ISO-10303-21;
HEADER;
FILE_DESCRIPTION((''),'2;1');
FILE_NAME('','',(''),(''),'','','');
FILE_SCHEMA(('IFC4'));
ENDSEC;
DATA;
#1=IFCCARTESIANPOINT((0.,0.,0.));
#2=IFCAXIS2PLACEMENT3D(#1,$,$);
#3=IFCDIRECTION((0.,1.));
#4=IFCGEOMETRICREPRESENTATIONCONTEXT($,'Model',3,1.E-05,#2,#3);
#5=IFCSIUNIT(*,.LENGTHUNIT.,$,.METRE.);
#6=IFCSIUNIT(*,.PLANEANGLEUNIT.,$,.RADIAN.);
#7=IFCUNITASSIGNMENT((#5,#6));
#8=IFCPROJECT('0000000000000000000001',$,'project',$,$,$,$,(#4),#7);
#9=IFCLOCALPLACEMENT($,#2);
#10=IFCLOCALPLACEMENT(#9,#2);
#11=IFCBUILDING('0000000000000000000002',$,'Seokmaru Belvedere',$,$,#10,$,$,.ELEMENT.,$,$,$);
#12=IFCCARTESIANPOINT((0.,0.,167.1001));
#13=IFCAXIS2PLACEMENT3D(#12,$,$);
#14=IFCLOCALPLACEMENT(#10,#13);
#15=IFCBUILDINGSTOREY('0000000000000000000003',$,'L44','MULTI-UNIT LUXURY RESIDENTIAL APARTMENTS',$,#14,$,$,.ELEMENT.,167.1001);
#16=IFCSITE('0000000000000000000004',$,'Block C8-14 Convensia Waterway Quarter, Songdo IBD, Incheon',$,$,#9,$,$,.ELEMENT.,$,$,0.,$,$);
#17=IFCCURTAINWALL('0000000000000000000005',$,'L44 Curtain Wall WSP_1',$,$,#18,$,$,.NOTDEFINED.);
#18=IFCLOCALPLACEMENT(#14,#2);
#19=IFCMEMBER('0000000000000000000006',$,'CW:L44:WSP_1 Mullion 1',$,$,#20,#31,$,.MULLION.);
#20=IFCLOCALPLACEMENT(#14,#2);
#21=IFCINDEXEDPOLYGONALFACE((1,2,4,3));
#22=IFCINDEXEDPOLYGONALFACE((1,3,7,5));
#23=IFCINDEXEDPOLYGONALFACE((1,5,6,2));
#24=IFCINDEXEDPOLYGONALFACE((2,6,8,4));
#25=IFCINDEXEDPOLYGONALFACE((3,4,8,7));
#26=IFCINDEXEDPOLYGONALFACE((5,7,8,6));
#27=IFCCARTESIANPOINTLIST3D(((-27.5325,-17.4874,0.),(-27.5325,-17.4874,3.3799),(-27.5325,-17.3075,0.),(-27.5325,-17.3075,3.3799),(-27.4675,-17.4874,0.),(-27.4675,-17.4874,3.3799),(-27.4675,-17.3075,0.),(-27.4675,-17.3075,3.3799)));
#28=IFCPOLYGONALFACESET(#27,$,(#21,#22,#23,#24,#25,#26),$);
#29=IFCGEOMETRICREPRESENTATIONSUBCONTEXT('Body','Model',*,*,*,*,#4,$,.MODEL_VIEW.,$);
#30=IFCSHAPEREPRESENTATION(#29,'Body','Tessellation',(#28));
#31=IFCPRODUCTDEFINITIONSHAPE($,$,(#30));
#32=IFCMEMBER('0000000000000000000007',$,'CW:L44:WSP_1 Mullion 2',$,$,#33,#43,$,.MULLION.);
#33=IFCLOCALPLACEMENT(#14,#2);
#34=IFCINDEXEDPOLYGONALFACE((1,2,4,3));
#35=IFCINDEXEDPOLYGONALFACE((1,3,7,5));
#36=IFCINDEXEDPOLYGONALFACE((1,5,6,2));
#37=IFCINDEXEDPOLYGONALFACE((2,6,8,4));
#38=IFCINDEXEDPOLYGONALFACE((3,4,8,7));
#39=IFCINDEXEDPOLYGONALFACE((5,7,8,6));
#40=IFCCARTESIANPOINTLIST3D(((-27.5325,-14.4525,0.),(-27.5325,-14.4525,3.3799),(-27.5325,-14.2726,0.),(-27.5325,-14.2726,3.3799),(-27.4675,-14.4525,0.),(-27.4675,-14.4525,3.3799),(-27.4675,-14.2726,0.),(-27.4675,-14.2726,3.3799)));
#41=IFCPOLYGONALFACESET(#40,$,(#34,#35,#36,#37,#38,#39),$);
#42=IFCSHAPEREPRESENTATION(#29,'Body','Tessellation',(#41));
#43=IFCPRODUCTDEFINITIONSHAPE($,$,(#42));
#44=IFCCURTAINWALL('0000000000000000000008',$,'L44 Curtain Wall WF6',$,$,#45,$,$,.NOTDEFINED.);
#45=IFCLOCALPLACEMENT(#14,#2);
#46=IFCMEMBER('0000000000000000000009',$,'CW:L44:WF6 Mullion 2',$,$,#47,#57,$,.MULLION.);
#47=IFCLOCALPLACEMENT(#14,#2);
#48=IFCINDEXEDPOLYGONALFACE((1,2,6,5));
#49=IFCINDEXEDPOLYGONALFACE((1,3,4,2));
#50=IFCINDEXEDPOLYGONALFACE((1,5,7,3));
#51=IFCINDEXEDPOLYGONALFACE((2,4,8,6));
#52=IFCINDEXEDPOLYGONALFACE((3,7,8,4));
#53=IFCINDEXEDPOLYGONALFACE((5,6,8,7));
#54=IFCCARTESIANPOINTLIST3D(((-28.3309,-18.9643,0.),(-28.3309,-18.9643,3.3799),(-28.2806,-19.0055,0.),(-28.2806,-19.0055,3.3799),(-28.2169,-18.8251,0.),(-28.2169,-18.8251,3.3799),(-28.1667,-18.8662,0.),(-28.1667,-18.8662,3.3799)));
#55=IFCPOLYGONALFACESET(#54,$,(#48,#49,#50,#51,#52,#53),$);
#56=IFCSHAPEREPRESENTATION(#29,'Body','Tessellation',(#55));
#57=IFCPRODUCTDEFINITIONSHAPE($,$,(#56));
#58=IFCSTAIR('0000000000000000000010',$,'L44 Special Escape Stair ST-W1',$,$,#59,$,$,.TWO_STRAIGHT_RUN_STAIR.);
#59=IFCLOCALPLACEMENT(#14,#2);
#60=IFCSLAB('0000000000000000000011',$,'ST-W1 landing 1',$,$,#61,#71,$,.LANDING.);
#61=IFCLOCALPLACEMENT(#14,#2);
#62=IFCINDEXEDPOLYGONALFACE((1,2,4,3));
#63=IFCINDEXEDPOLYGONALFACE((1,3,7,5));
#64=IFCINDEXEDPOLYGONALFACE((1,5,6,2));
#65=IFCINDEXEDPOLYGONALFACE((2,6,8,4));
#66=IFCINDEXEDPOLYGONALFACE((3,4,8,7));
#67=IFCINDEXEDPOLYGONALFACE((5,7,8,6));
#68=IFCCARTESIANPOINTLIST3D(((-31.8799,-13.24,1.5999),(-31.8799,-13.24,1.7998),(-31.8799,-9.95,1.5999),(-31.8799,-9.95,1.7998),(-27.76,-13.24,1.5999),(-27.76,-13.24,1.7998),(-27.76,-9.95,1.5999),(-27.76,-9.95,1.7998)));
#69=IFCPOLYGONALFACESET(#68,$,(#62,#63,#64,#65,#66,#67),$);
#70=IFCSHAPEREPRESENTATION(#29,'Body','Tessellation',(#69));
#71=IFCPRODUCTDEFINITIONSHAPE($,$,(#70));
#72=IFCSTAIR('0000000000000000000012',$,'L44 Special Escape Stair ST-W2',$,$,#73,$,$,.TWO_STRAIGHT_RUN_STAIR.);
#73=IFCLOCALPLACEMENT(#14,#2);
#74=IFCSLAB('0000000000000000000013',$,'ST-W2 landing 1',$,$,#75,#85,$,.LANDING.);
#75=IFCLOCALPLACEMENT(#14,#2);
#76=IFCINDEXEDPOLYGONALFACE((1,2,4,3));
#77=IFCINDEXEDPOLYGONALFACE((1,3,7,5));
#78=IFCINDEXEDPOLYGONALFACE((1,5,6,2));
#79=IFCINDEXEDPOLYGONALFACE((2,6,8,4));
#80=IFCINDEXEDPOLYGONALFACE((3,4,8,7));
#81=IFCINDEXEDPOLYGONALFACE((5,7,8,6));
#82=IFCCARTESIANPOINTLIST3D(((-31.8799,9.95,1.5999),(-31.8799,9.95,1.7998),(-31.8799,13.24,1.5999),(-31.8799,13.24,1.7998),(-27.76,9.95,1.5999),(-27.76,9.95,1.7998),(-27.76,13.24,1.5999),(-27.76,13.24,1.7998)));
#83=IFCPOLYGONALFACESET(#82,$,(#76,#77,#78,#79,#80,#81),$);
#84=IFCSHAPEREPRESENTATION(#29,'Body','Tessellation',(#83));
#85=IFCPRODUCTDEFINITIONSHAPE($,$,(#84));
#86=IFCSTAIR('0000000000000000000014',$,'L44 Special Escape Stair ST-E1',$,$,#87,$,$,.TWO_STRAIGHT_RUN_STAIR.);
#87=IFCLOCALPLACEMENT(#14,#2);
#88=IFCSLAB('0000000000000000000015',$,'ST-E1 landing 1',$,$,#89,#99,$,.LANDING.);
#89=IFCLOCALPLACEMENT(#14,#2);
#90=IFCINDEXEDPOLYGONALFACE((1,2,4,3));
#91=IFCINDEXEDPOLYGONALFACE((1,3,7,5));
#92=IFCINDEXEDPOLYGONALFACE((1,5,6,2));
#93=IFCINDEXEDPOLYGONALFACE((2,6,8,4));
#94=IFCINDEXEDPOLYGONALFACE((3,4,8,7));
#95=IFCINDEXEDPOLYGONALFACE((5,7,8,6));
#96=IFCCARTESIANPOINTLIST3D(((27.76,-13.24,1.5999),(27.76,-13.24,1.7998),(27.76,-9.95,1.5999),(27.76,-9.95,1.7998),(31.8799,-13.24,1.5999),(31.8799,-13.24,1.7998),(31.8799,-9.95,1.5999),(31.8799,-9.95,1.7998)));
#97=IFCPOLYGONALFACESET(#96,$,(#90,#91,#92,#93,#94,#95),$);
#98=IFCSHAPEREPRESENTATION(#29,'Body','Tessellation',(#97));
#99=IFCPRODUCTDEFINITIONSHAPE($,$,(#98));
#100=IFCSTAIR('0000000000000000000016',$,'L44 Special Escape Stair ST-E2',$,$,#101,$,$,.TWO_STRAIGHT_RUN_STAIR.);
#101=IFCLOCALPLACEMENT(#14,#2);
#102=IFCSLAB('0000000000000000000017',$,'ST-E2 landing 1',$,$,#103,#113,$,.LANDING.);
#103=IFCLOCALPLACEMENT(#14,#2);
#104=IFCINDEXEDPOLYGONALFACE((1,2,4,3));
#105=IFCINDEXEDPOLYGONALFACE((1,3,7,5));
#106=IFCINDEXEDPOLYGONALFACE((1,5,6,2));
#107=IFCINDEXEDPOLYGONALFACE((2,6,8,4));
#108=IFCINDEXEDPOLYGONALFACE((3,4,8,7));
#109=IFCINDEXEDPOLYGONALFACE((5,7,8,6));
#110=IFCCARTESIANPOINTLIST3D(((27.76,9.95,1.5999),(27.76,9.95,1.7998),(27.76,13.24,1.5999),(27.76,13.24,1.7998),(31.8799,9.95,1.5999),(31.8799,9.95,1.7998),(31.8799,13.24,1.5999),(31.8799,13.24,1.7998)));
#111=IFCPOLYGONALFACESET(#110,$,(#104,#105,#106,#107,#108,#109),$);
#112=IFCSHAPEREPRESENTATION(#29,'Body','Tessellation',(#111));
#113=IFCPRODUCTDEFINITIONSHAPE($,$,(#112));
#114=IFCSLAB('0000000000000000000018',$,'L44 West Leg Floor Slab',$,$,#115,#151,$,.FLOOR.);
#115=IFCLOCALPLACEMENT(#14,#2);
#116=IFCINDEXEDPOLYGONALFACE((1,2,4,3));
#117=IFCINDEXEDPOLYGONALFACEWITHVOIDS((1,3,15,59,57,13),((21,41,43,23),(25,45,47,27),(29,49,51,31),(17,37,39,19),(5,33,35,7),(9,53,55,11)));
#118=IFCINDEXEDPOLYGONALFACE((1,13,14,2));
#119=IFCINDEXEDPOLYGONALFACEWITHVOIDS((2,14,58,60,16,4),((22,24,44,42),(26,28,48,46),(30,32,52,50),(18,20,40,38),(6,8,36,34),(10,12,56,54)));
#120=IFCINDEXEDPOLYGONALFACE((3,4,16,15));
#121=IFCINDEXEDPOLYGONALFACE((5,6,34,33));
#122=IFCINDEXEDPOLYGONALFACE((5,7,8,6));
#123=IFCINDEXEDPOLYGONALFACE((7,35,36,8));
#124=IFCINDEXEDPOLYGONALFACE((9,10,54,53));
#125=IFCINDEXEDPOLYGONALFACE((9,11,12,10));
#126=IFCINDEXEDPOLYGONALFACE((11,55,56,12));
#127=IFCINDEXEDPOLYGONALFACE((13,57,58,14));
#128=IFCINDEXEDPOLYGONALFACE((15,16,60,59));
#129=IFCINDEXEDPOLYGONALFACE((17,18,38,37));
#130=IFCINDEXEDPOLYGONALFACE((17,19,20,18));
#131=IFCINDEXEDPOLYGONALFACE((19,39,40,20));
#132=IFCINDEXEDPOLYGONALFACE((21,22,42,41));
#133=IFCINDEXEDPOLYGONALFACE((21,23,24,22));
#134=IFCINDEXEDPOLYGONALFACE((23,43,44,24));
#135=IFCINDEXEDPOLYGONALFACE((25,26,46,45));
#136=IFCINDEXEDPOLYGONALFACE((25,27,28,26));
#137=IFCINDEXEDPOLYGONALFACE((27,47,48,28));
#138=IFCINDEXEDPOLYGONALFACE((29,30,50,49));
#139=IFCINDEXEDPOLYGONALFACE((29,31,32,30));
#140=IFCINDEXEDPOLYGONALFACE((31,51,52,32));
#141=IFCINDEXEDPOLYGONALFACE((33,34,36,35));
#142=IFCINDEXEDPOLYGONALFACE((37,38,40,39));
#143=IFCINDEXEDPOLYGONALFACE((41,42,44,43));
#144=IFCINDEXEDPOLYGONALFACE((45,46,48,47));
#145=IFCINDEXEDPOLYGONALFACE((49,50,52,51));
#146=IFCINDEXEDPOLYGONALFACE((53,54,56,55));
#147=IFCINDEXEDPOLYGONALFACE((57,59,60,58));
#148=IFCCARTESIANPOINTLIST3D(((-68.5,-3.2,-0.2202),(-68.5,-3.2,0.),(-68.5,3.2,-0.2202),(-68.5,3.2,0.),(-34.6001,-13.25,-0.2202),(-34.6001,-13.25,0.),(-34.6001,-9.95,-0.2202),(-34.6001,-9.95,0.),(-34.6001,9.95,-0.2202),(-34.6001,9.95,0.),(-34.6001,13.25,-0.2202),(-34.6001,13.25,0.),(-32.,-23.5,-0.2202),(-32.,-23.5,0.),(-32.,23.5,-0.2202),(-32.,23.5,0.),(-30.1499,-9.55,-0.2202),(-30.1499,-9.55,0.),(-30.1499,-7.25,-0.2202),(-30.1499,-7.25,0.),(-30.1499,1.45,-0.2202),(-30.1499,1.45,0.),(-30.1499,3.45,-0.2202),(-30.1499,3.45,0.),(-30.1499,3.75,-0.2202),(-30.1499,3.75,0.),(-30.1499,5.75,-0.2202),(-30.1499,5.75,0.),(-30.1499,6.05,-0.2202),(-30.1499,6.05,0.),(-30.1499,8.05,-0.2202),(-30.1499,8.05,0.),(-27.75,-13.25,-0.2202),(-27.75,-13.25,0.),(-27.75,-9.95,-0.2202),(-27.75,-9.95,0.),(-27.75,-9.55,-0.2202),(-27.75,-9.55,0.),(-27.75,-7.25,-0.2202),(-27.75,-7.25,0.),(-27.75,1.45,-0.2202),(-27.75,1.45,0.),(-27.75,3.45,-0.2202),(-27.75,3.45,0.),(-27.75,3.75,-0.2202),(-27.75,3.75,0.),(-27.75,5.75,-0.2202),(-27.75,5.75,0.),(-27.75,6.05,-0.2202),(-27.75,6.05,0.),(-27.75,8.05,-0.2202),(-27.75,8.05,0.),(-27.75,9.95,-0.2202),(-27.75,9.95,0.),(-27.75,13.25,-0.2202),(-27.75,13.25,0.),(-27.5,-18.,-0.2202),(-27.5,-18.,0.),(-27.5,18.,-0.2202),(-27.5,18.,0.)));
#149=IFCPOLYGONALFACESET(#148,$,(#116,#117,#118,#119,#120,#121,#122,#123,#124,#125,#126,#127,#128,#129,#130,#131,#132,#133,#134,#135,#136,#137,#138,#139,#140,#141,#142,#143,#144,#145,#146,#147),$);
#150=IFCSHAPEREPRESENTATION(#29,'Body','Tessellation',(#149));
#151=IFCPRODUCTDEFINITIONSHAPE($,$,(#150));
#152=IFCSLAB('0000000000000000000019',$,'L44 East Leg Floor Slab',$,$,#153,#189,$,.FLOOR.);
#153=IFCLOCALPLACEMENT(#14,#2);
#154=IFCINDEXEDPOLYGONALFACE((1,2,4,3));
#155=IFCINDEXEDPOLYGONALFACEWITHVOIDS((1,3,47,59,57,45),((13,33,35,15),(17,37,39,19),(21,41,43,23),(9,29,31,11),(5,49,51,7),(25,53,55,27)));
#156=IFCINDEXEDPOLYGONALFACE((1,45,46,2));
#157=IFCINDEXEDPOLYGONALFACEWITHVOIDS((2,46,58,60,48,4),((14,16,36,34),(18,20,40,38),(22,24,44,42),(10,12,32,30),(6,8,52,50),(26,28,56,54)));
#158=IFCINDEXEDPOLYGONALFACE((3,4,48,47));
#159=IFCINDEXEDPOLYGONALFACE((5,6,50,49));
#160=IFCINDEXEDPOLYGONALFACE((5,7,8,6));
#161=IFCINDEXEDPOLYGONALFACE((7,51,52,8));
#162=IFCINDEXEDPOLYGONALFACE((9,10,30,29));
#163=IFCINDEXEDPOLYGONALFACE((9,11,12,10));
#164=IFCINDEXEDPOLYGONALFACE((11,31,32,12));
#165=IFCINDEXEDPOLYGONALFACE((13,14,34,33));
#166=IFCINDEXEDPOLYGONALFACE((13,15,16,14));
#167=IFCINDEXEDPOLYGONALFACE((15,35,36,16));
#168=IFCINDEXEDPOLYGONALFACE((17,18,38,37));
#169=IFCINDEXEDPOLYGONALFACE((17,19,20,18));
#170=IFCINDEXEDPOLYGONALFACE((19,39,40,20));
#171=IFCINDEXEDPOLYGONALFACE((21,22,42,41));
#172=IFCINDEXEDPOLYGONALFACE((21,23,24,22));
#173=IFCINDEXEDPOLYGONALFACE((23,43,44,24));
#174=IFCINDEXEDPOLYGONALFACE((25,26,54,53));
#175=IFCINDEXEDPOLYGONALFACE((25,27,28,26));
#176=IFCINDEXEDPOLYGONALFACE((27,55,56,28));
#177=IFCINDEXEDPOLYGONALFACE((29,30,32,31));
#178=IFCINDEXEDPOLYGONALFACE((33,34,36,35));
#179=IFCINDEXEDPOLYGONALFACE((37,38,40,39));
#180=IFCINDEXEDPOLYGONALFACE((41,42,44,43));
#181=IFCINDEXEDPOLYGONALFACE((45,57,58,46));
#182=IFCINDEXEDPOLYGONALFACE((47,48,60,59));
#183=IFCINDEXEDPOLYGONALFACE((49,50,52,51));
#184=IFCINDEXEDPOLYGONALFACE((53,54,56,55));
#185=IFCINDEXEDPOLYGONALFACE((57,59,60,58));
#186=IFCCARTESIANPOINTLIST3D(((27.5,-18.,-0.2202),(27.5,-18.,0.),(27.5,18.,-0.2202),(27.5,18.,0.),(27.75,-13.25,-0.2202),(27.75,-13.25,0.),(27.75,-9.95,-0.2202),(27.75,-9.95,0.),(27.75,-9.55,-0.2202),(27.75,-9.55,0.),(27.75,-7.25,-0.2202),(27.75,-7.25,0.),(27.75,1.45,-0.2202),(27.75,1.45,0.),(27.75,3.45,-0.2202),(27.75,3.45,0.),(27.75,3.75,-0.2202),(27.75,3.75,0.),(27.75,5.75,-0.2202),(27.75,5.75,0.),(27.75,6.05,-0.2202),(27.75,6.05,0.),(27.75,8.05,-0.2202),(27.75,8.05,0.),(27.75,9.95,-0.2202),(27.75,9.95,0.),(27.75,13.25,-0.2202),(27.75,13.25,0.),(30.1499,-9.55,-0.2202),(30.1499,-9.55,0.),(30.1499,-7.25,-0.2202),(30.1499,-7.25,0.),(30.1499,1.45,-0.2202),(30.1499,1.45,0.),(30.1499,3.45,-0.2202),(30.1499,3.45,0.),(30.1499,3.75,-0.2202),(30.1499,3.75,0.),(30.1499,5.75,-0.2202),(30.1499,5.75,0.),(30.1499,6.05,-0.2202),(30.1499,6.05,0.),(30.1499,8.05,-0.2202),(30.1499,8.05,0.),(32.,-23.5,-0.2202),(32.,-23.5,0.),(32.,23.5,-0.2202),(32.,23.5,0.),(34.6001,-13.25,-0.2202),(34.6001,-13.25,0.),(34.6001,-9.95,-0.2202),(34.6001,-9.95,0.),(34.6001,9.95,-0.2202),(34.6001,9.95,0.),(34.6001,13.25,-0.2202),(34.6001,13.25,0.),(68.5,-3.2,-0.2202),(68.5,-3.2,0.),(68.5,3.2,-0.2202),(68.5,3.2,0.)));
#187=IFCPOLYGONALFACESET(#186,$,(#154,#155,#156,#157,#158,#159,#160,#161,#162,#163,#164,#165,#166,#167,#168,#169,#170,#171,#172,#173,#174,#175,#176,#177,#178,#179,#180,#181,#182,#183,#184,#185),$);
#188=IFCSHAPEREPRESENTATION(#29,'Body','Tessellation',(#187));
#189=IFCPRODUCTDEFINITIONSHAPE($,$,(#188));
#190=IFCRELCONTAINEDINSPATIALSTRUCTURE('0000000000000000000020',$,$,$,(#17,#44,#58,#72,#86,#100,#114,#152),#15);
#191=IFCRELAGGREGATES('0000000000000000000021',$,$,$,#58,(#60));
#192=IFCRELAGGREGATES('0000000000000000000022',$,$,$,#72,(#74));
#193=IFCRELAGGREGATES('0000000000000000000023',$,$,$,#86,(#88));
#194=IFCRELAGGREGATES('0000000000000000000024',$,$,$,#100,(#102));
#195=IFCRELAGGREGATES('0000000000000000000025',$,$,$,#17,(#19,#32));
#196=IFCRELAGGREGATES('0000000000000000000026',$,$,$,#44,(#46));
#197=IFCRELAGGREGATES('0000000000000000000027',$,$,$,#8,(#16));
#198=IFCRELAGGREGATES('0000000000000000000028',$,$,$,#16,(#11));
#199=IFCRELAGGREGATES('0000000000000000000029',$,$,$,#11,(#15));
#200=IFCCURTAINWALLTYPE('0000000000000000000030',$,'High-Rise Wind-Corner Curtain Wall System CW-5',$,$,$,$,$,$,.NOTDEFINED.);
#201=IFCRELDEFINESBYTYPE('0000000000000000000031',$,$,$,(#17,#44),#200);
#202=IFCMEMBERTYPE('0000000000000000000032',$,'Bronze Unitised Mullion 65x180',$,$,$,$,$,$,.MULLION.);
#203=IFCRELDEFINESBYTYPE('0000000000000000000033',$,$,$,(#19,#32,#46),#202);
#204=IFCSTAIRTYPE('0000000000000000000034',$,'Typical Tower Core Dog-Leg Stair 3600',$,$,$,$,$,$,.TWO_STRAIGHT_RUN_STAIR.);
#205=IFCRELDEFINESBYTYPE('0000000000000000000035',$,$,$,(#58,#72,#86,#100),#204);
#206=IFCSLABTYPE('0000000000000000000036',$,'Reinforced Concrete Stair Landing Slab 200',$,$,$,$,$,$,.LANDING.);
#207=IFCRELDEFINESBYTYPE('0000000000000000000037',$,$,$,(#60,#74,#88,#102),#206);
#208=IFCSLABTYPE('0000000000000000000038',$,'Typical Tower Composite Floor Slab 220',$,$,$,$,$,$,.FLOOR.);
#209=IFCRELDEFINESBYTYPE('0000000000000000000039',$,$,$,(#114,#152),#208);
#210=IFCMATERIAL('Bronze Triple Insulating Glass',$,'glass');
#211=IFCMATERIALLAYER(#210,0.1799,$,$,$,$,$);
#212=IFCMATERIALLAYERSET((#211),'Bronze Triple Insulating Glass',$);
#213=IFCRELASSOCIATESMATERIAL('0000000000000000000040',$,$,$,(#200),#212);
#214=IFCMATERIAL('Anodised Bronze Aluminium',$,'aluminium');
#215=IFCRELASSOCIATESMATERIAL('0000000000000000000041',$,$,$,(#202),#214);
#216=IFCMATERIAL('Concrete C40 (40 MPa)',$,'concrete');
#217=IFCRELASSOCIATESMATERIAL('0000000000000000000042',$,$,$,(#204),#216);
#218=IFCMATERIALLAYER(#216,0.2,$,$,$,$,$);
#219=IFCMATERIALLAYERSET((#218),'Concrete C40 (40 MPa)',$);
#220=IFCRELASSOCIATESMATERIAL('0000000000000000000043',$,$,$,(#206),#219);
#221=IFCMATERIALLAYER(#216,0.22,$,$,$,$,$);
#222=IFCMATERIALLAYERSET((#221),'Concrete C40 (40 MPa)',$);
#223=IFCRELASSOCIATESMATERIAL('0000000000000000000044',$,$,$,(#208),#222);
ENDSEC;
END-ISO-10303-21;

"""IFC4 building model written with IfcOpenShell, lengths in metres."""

from ifc_helpers import new_model, si_unit, direction, frame, origin, origin_2d, place, context, subcontext, project, spatial, polyline, rectangle, outline, extrude, source, transform, mapped, material, layer, layer_set, material_profile, profile_set, type_object, type_shapes, element, aggregate, save


model = new_model("IFC4")

# Units and contexts
model_context = context("Model", 3, precision=1e-05, world=origin(), true_north=direction((0.0, 1.0)))
body_context = subcontext(model_context, "Body", "Model", "MODEL_VIEW")
ifc_project = project(units=[si_unit("LENGTHUNIT", "METRE"), si_unit("PLANEANGLEUNIT", "RADIAN")], contexts=[model_context])

# Site, building, storey
site_placement = place(None, origin())
site = spatial("IfcSite", under=ifc_project, at=site_placement, Name="Block C8-14 Convensia Waterway Quarter, Songdo IBD, Incheon", CompositionType="ELEMENT", RefElevation=0.0)
building_placement = place(site_placement, origin())
building = spatial("IfcBuilding", under=site, at=building_placement, Name="Seokmaru Belvedere", CompositionType="ELEMENT")
storey_placement = place(building_placement, frame((0.0, 0.0, 167.1001)))
storey = spatial("IfcBuildingStorey", under=building, at=storey_placement, Name="L44", Description="MULTI-UNIT LUXURY RESIDENTIAL APARTMENTS", CompositionType="ELEMENT", Elevation=167.1001)

# Curtain wall, members
ifc_material_1 = material(Name="Bronze Triple Insulating Glass", Category="glass")
ifc_layer_1 = layer(ifc_material_1, 0.1799)
ifc_layer_set_1 = layer_set([ifc_layer_1], Name="Bronze Triple Insulating Glass")
curtain_wall_type = type_object("IfcCurtainWallType", Name="High-Rise Wind-Corner Curtain Wall System CW-5", PredefinedType="NOTDEFINED", material=ifc_layer_set_1)
curtain_wall_1_placement = place(storey_placement, origin())
curtain_wall_1 = element("IfcCurtainWall", 1, at=curtain_wall_1_placement, inside=storey, type_object=curtain_wall_type, Name="L44 Curtain Wall WSP_1", PredefinedType="NOTDEFINED")
ifc_material_2 = material(Name="Anodised Bronze Aluminium", Category="aluminium")
ifc_material_profile_1 = material_profile(ifc_material_2, rectangle(XDim=0.0649, YDim=0.1799, at=origin_2d()), Name="CW-M-65x180")
ifc_profile_set_1 = profile_set([ifc_material_profile_1], Name="Anodised Bronze Aluminium")
member_type_1 = type_object("IfcMemberType", Name="Bronze Unitised Mullion 65x180", PredefinedType="MULLION", material=ifc_profile_set_1)
shared_shape_1 = source(origin(), body_context, "Body", "SweptSolid", [
    extrude(rectangle(XDim=0.0649, YDim=0.1799, at=origin_2d()), origin(), (0.0, 0.0, 1.0), 3.3799),
])
type_shapes(member_type_1, [shared_shape_1])
member_1_placement = place(storey_placement, frame((-27.5, -17.3975, 0.0), z_axis=(0.0, 0.0, 1.0), x_axis=(-1.0, 0.0, 0.0)))
member_1 = element("IfcMember", 2, at=member_1_placement, type_object=member_type_1, Name="CW:L44:WSP_1 Mullion 1", PredefinedType="MULLION", context=body_context, shape_type="MappedRepresentation", body=[
    mapped(shared_shape_1, transform((0.0, 0.0, 0.0), scale=1.0)),
])
member_2_placement = place(storey_placement, frame((-27.5, -14.3625, 0.0), z_axis=(0.0, 0.0, 1.0), x_axis=(-1.0, 0.0, 0.0)))
member_2 = element("IfcMember", 3, at=member_2_placement, type_object=member_type_1, Name="CW:L44:WSP_1 Mullion 2", PredefinedType="MULLION", context=body_context, shape_type="MappedRepresentation", body=[
    mapped(shared_shape_1, transform((0.0, 0.0, 0.0), scale=1.0)),
])

# Curtain wall, member
curtain_wall_2_placement = place(storey_placement, origin())
curtain_wall_2 = element("IfcCurtainWall", 4, at=curtain_wall_2_placement, inside=storey, type_object=curtain_wall_type, Name="L44 Curtain Wall WF6", PredefinedType="NOTDEFINED")
member_3_placement = place(storey_placement, frame((-28.2488, -18.9153, 0.0), z_axis=(0.0, 0.0, 1.0), x_axis=(-0.773944, 0.633254, 0.0)))
member_3 = element("IfcMember", 5, at=member_3_placement, type_object=member_type_1, Name="CW:L44:WF6 Mullion 2", PredefinedType="MULLION", context=body_context, shape_type="MappedRepresentation", body=[
    mapped(shared_shape_1, transform((0.0, 0.0, 0.0), scale=1.0)),
])

# Stairs, slabs
ifc_material_3 = material(Name="Concrete C40 (40 MPa)", Category="concrete")
stair_type = type_object("IfcStairType", Name="Typical Tower Core Dog-Leg Stair 3600", PredefinedType="TWO_STRAIGHT_RUN_STAIR", material=ifc_material_3)
stair_1_placement = place(storey_placement, origin())
stair_1 = element("IfcStair", 6, at=stair_1_placement, inside=storey, type_object=stair_type, Name="L44 Special Escape Stair ST-W1", PredefinedType="TWO_STRAIGHT_RUN_STAIR")
ifc_layer_2 = layer(ifc_material_3, 0.2)
ifc_layer_set_2 = layer_set([ifc_layer_2], Name="Concrete C40 (40 MPa)")
slab_type_1 = type_object("IfcSlabType", Name="Reinforced Concrete Stair Landing Slab 200", PredefinedType="LANDING", material=ifc_layer_set_2)
slab_1_placement = place(storey_placement, frame((0.0, 0.0, 1.5999)))
slab_1 = element("IfcSlab", 7, at=slab_1_placement, type_object=slab_type_1, Name="ST-W1 landing 1", PredefinedType="LANDING", context=body_context, shape_type="SweptSolid", body=[
    extrude(outline(polyline([(-31.8799, -13.24), (-27.76, -13.24), (-27.76, -9.95), (-31.8799, -9.95), (-31.8799, -13.24)])), origin(), (0.0, 0.0, 1.0), 0.2),
])
aggregate(stair_1, [slab_1])
stair_2_placement = place(storey_placement, origin())
stair_2 = element("IfcStair", 8, at=stair_2_placement, inside=storey, type_object=stair_type, Name="L44 Special Escape Stair ST-W2", PredefinedType="TWO_STRAIGHT_RUN_STAIR")
slab_2_placement = place(storey_placement, frame((0.0, 0.0, 1.5999)))
slab_2 = element("IfcSlab", 9, at=slab_2_placement, type_object=slab_type_1, Name="ST-W2 landing 1", PredefinedType="LANDING", context=body_context, shape_type="SweptSolid", body=[
    extrude(outline(polyline([(-31.8799, 9.95), (-27.76, 9.95), (-27.76, 13.24), (-31.8799, 13.24), (-31.8799, 9.95)])), origin(), (0.0, 0.0, 1.0), 0.2),
])
aggregate(stair_2, [slab_2])
stair_3_placement = place(storey_placement, origin())
stair_3 = element("IfcStair", 10, at=stair_3_placement, inside=storey, type_object=stair_type, Name="L44 Special Escape Stair ST-E1", PredefinedType="TWO_STRAIGHT_RUN_STAIR")
slab_3_placement = place(storey_placement, frame((0.0, 0.0, 1.5999)))
slab_3 = element("IfcSlab", 11, at=slab_3_placement, type_object=slab_type_1, Name="ST-E1 landing 1", PredefinedType="LANDING", context=body_context, shape_type="SweptSolid", body=[
    extrude(outline(polyline([(27.76, -13.24), (31.8799, -13.24), (31.8799, -9.95), (27.76, -9.95), (27.76, -13.24)])), origin(), (0.0, 0.0, 1.0), 0.2),
])
aggregate(stair_3, [slab_3])
stair_4_placement = place(storey_placement, origin())
stair_4 = element("IfcStair", 12, at=stair_4_placement, inside=storey, type_object=stair_type, Name="L44 Special Escape Stair ST-E2", PredefinedType="TWO_STRAIGHT_RUN_STAIR")
slab_4_placement = place(storey_placement, frame((0.0, 0.0, 1.5999)))
slab_4 = element("IfcSlab", 13, at=slab_4_placement, type_object=slab_type_1, Name="ST-E2 landing 1", PredefinedType="LANDING", context=body_context, shape_type="SweptSolid", body=[
    extrude(outline(polyline([(27.76, 9.95), (31.8799, 9.95), (31.8799, 13.24), (27.76, 13.24), (27.76, 9.95)])), origin(), (0.0, 0.0, 1.0), 0.2),
])
aggregate(stair_4, [slab_4])

# Slabs
ifc_layer_3 = layer(ifc_material_3, 0.22)
ifc_layer_set_3 = layer_set([ifc_layer_3], Name="Concrete C40 (40 MPa)")
slab_type_2 = type_object("IfcSlabType", Name="Typical Tower Composite Floor Slab 220", PredefinedType="FLOOR", material=ifc_layer_set_3)
slab_5_placement = place(storey_placement, frame((0.0, 0.0, -0.2202)))
element("IfcSlab", 14, at=slab_5_placement, inside=storey, type_object=slab_type_2, Name="L44 West Leg Floor Slab", PredefinedType="FLOOR", context=body_context, shape_type="SweptSolid", body=[
    extrude(outline(polyline([(-27.5, -18.0), (-27.5, 18.0), (-32.0, 23.5), (-68.5, 3.2), (-68.5, -3.2), (-32.0, -23.5), (-27.5, -18.0)]), holes=[polyline([(-34.6001, -13.25), (-27.75, -13.25), (-27.75, -9.95), (-34.6001, -9.95), (-34.6001, -13.25)]), polyline([(-34.6001, 9.95), (-27.75, 9.95), (-27.75, 13.25), (-34.6001, 13.25), (-34.6001, 9.95)]), polyline([(-30.1499, -9.55), (-27.75, -9.55), (-27.75, -7.25), (-30.1499, -7.25), (-30.1499, -9.55)]), polyline([(-30.1499, 1.45), (-27.75, 1.45), (-27.75, 3.45), (-30.1499, 3.45), (-30.1499, 1.45)]), polyline([(-30.1499, 3.75), (-27.75, 3.75), (-27.75, 5.75), (-30.1499, 5.75), (-30.1499, 3.75)]), polyline([(-30.1499, 6.05), (-27.75, 6.05), (-27.75, 8.05), (-30.1499, 8.05), (-30.1499, 6.05)])]), origin(), (0.0, 0.0, 1.0), 0.2202),
])
slab_6_placement = place(storey_placement, frame((0.0, 0.0, -0.2202)))
element("IfcSlab", 15, at=slab_6_placement, inside=storey, type_object=slab_type_2, Name="L44 East Leg Floor Slab", PredefinedType="FLOOR", context=body_context, shape_type="SweptSolid", body=[
    extrude(outline(polyline([(32.0, -23.5), (68.5, -3.2), (68.5, 3.2), (32.0, 23.5), (27.5, 18.0), (27.5, -18.0), (32.0, -23.5)]), holes=[polyline([(27.75, -13.25), (34.6001, -13.25), (34.6001, -9.95), (27.75, -9.95), (27.75, -13.25)]), polyline([(27.75, 9.95), (34.6001, 9.95), (34.6001, 13.25), (27.75, 13.25), (27.75, 9.95)]), polyline([(27.75, -9.55), (30.1499, -9.55), (30.1499, -7.25), (27.75, -7.25), (27.75, -9.55)]), polyline([(27.75, 1.45), (30.1499, 1.45), (30.1499, 3.45), (27.75, 3.45), (27.75, 1.45)]), polyline([(27.75, 3.75), (30.1499, 3.75), (30.1499, 5.75), (27.75, 5.75), (27.75, 3.75)]), polyline([(27.75, 6.05), (30.1499, 6.05), (30.1499, 8.05), (27.75, 8.05), (27.75, 6.05)])]), origin(), (0.0, 0.0, 1.0), 0.2202),
])

aggregate(curtain_wall_1, [member_1, member_2])
aggregate(curtain_wall_2, [member_3])

save(model, "model.ifc")
